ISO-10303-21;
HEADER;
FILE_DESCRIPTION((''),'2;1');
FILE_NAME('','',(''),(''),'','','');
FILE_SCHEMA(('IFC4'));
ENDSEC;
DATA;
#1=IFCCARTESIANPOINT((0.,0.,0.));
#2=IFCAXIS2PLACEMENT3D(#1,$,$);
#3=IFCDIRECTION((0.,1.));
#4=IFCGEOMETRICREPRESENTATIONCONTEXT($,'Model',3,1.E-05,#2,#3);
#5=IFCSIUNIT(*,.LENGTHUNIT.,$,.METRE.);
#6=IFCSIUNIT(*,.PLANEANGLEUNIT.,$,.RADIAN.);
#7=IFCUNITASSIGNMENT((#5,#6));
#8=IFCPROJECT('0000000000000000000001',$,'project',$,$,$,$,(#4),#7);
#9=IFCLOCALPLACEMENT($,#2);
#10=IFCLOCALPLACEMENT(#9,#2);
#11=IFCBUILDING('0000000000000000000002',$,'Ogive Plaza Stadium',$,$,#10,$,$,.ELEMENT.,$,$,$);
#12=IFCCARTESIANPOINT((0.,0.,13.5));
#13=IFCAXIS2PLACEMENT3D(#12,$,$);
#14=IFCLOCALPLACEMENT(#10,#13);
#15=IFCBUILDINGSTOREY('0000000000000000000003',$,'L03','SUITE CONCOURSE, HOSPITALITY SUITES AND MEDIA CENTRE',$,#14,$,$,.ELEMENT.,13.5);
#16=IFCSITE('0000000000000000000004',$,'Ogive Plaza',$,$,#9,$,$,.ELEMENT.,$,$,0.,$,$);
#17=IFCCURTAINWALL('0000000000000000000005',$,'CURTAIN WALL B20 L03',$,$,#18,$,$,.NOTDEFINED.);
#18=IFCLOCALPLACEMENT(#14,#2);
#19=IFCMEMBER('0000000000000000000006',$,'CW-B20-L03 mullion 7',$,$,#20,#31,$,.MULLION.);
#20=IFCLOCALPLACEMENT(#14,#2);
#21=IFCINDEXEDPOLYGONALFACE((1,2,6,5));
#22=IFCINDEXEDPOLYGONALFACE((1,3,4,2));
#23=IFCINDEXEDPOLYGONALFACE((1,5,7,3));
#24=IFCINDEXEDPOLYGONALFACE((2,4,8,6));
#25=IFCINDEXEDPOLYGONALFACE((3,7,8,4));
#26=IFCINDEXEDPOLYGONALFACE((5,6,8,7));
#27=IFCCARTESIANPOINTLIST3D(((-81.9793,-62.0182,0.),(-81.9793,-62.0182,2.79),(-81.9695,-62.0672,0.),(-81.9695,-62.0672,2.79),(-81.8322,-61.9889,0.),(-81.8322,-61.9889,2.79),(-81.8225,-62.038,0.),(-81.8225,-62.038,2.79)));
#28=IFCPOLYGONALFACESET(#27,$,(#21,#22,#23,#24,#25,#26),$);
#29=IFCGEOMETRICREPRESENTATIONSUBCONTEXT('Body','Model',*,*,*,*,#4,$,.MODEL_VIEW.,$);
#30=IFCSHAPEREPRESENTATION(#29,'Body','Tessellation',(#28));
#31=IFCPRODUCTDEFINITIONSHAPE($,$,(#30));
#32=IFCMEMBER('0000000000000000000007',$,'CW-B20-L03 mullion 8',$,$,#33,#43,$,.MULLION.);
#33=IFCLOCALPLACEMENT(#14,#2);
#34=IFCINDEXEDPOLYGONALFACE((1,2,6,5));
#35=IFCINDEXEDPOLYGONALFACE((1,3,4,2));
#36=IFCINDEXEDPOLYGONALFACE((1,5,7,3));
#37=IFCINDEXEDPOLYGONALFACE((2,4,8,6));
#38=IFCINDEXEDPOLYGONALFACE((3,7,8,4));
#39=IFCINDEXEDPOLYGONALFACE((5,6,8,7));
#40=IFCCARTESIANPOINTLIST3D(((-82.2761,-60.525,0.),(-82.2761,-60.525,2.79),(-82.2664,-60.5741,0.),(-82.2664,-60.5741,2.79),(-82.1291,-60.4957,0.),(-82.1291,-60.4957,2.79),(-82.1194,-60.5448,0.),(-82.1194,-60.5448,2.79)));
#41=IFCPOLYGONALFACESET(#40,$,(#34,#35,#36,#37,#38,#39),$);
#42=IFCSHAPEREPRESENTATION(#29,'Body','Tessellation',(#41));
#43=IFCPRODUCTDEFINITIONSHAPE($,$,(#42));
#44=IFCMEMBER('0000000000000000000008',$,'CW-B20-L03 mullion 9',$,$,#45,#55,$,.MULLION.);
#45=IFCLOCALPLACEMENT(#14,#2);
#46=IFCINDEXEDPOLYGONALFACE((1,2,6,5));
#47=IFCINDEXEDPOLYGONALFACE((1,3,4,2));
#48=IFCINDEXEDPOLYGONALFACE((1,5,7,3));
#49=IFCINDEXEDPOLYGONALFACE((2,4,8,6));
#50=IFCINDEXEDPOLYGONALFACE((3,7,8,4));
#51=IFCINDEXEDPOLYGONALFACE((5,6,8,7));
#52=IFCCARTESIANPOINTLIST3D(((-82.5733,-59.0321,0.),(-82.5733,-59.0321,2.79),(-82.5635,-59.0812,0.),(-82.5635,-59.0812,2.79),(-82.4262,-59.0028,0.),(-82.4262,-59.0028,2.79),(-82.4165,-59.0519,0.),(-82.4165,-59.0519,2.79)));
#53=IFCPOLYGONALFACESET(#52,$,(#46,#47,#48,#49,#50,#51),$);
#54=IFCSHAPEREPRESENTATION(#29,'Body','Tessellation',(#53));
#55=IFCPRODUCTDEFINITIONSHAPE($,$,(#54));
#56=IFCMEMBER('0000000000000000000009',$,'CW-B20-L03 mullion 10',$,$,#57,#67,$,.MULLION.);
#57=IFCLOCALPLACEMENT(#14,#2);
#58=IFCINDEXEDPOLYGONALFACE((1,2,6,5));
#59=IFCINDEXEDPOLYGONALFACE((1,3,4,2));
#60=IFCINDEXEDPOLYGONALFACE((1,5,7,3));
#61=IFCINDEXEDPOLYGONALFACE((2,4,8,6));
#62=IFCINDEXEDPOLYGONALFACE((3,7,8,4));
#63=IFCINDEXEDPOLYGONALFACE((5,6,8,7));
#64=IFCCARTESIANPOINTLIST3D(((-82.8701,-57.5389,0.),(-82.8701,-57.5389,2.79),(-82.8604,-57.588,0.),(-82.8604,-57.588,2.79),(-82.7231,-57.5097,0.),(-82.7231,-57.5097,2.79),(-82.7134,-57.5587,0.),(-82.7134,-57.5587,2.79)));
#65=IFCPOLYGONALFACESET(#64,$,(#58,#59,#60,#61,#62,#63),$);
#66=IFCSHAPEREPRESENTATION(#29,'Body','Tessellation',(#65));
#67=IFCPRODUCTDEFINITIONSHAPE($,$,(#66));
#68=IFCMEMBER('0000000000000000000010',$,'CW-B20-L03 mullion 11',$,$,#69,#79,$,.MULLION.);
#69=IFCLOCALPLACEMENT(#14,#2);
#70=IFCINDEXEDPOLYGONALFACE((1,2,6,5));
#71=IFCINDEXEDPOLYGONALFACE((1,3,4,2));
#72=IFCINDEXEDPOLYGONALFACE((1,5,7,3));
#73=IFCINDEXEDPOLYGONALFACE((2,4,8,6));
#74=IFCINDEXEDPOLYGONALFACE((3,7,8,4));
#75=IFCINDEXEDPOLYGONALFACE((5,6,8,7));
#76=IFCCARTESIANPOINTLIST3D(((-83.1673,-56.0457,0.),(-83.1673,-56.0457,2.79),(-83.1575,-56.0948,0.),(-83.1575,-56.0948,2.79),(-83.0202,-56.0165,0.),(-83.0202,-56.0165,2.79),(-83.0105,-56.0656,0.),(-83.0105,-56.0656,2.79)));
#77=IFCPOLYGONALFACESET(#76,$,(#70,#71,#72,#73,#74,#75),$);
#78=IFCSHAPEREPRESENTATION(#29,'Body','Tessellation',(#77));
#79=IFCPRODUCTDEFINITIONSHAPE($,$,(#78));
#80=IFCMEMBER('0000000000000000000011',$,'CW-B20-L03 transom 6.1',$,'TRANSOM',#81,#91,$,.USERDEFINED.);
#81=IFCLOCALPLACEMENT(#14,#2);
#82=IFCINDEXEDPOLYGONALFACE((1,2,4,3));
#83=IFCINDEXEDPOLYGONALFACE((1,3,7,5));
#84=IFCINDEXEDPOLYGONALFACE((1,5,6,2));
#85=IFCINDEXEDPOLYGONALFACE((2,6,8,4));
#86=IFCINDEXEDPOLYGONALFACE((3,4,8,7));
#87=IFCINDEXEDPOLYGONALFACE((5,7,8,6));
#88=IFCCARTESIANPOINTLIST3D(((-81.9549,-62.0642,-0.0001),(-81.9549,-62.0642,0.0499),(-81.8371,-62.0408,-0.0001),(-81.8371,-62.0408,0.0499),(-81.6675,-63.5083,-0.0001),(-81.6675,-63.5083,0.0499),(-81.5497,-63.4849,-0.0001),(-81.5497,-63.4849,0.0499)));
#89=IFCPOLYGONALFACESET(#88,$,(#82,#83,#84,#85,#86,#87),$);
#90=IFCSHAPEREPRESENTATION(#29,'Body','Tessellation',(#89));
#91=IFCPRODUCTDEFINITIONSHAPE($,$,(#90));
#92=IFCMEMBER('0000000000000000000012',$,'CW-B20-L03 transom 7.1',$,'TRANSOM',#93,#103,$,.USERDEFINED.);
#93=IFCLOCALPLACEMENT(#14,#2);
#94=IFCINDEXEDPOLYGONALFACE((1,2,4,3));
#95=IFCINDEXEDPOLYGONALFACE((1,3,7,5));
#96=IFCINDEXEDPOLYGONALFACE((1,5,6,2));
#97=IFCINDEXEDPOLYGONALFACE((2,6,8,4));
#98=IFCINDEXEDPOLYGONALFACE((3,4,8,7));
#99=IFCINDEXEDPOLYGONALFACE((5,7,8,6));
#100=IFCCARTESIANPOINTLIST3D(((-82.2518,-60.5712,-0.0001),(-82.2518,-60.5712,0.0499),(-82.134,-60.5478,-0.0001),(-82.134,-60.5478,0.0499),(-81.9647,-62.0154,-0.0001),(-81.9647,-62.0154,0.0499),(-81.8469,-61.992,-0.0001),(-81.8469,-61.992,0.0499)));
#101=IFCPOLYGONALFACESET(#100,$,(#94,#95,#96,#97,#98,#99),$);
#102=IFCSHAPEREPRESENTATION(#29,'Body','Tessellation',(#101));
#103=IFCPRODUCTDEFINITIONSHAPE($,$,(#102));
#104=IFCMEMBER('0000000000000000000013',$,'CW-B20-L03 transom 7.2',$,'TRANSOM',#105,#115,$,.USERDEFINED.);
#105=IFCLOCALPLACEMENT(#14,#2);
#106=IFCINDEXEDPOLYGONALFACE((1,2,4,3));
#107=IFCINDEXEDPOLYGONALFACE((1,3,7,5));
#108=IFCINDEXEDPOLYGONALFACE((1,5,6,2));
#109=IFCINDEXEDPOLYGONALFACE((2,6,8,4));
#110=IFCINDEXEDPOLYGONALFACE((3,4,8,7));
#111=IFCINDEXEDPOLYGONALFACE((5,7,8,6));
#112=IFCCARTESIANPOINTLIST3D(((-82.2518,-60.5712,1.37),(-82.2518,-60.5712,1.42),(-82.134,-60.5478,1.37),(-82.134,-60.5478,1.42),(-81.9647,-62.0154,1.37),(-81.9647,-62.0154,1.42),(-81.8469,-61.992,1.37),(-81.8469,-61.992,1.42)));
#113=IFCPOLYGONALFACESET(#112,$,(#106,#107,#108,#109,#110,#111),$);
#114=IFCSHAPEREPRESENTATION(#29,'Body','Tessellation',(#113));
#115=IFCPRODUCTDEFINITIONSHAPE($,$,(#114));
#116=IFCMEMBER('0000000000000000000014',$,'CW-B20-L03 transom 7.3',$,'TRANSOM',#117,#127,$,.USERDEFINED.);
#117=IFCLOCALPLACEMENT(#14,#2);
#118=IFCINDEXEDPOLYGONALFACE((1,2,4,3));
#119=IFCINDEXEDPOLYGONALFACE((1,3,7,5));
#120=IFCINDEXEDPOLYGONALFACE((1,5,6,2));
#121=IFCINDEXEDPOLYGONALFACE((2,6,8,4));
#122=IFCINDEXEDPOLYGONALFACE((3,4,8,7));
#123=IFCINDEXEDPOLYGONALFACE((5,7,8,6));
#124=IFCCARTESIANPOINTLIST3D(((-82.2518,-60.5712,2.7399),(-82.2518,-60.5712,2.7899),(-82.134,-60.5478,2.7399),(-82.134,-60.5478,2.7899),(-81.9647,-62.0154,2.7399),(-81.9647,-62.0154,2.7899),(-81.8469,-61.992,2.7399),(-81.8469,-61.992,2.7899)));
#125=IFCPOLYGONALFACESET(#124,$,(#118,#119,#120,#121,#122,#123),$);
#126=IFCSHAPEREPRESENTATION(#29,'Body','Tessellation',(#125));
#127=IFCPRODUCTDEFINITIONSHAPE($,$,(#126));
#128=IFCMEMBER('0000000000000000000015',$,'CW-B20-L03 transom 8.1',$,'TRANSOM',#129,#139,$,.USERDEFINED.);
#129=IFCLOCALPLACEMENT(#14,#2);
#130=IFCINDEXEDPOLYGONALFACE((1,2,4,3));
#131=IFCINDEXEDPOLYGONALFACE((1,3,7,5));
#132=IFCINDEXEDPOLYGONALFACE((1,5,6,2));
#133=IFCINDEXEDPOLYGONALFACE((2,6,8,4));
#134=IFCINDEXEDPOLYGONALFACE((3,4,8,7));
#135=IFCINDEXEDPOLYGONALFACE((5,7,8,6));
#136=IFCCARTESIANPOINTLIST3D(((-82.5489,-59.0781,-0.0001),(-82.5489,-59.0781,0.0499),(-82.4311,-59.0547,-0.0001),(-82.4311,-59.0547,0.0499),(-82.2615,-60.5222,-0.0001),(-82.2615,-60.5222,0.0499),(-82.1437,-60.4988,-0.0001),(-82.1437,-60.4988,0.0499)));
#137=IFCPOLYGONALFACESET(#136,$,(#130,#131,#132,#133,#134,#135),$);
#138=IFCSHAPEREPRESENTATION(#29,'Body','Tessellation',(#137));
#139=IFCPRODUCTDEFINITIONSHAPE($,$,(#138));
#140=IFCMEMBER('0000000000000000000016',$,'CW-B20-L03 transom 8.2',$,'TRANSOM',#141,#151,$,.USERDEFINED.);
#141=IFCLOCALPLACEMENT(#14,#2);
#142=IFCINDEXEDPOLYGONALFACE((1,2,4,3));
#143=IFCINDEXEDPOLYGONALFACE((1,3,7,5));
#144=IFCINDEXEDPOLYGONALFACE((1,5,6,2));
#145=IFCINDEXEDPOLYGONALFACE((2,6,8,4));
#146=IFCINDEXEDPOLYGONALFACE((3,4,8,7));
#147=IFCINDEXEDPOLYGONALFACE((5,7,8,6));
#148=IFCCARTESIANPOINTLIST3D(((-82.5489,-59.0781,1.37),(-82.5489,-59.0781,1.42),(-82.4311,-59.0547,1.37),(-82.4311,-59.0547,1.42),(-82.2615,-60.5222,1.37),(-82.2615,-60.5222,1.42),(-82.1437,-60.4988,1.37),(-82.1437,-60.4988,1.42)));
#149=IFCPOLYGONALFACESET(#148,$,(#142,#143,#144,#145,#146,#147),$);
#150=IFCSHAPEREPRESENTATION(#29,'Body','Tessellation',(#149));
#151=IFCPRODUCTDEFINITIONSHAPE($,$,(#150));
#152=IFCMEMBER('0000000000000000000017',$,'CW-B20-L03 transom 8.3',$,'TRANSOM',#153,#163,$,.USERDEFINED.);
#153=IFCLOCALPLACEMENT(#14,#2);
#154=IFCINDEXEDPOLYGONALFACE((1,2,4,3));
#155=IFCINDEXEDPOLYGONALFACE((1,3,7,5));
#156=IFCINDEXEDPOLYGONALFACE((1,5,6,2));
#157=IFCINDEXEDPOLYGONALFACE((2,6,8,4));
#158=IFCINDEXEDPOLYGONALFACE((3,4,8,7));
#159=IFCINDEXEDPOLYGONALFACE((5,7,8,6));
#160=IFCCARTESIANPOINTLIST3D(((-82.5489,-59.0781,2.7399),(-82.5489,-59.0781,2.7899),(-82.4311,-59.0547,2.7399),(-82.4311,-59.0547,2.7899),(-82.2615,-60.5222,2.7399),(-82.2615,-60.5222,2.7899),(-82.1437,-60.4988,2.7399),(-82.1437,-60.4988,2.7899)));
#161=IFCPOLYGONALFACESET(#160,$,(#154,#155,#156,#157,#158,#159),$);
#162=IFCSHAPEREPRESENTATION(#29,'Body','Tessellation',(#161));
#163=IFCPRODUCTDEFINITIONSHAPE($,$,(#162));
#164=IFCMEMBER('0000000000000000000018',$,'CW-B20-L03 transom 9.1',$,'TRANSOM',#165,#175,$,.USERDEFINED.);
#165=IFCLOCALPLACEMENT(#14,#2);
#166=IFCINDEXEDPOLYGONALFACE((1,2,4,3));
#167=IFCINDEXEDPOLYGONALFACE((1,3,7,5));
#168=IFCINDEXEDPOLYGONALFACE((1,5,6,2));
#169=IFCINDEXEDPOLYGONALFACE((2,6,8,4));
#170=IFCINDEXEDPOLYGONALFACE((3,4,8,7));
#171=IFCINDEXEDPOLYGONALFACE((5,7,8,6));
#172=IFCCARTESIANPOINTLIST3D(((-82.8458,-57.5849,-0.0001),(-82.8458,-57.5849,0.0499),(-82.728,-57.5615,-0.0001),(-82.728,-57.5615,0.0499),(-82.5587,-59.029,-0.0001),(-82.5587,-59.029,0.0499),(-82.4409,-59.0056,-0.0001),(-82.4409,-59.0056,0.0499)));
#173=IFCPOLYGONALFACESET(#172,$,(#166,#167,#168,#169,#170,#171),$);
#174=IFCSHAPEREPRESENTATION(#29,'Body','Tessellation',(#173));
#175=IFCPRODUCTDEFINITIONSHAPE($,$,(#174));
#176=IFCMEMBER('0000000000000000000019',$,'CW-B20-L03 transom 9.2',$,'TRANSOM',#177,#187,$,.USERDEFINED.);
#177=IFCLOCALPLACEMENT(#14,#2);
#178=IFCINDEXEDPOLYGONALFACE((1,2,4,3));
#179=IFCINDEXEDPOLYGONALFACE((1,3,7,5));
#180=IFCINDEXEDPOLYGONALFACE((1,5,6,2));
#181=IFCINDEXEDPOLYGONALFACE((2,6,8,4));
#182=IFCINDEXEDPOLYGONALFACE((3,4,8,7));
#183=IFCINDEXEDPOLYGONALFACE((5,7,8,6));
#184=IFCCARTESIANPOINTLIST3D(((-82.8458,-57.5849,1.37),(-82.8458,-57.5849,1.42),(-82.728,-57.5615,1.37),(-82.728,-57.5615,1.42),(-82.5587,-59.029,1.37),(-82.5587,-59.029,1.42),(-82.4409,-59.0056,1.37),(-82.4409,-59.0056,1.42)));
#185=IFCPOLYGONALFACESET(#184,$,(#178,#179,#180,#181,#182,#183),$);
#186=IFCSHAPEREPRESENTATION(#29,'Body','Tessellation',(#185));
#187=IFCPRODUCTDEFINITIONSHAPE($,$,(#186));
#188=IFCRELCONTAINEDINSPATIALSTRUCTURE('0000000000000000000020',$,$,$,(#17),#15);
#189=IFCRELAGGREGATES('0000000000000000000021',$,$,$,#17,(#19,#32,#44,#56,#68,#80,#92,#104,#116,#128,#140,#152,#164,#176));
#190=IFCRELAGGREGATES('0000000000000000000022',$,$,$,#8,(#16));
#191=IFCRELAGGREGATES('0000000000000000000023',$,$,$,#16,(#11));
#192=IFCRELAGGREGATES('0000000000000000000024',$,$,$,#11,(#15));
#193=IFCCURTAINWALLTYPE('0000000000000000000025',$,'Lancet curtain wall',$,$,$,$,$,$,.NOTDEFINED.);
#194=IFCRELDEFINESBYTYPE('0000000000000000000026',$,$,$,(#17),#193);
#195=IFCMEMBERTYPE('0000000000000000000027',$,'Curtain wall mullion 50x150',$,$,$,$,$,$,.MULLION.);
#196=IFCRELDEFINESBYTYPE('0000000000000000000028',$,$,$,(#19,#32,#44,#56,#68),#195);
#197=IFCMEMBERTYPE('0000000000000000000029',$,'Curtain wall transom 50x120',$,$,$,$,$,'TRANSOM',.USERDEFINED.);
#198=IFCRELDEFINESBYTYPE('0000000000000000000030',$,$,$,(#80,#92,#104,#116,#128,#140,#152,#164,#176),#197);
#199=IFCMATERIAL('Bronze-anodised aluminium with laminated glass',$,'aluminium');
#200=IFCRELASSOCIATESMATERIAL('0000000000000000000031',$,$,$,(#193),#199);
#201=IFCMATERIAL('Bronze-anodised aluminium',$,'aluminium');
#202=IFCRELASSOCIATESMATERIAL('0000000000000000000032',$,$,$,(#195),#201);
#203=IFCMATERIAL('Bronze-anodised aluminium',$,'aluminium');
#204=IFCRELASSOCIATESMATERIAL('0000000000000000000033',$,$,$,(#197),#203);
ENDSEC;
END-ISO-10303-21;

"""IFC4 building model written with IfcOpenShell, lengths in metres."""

from ifc_helpers import new_model, si_unit, direction, frame, origin, origin_2d, place, context, subcontext, project, spatial, rectangle, extrude, material, material_profile, profile_set, type_object, element, aggregate, save


model = new_model("IFC4")

# Units and contexts
model_context = context("Model", 3, precision=1e-05, world=origin(), true_north=direction((0.0, 1.0)))
body_context = subcontext(model_context, "Body", "Model", "MODEL_VIEW")
ifc_project = project(units=[si_unit("LENGTHUNIT", "METRE"), si_unit("PLANEANGLEUNIT", "RADIAN")], contexts=[model_context])

# Site, building, storey
site_placement = place(None, origin())
site = spatial("IfcSite", under=ifc_project, at=site_placement, Name="Ogive Plaza", CompositionType="ELEMENT", RefElevation=0.0)
building_placement = place(site_placement, origin())
building = spatial("IfcBuilding", under=site, at=building_placement, Name="Ogive Plaza Stadium", CompositionType="ELEMENT")
storey_placement = place(building_placement, frame((0.0, 0.0, 13.5)))
storey = spatial("IfcBuildingStorey", under=building, at=storey_placement, Name="L03", Description="SUITE CONCOURSE, HOSPITALITY SUITES AND MEDIA CENTRE", CompositionType="ELEMENT", Elevation=13.5)

# Curtain wall, members
ifc_material_1 = material(Name="Bronze-anodised aluminium with laminated glass", Category="aluminium")
curtain_wall_type = type_object("IfcCurtainWallType", Name="Lancet curtain wall", PredefinedType="NOTDEFINED", material=ifc_material_1)
curtain_wall_placement = place(storey_placement, origin())
curtain_wall = element("IfcCurtainWall", 1, at=curtain_wall_placement, inside=storey, type_object=curtain_wall_type, Name="CURTAIN WALL B20 L03", PredefinedType="NOTDEFINED")
ifc_material_2 = material(Name="Bronze-anodised aluminium", Category="aluminium")
ifc_material_profile_1 = material_profile(ifc_material_2, rectangle(XDim=0.1499, YDim=0.05, at=origin_2d()), Name="AL 150x50")
ifc_profile_set_1 = profile_set([ifc_material_profile_1], Name="Bronze-anodised aluminium")
member_type_1 = type_object("IfcMemberType", Name="Curtain wall mullion 50x150", PredefinedType="MULLION", material=ifc_profile_set_1)
member_1_placement = place(storey_placement, frame((-81.9009, -62.0281, 0.0), z_axis=(0.0, 0.0, 1.0), x_axis=(-0.980785, -0.19509, 0.0)))
member_1 = element("IfcMember", 2, at=member_1_placement, type_object=member_type_1, Name="CW-B20-L03 mullion 7", PredefinedType="MULLION", context=body_context, shape_type="SweptSolid", body=[
    extrude(rectangle(XDim=0.1499, YDim=0.05, at=origin_2d()), origin(), (0.0, 0.0, 1.0), 2.79),
])
member_2_placement = place(storey_placement, frame((-82.1978, -60.5349, 0.0), z_axis=(0.0, 0.0, 1.0), x_axis=(-0.980785, -0.19509, 0.0)))
member_2 = element("IfcMember", 3, at=member_2_placement, type_object=member_type_1, Name="CW-B20-L03 mullion 8", PredefinedType="MULLION", context=body_context, shape_type="SweptSolid", body=[
    extrude(rectangle(XDim=0.1499, YDim=0.05, at=origin_2d()), origin(), (0.0, 0.0, 1.0), 2.79),
])
member_3_placement = place(storey_placement, frame((-82.4949, -59.042, 0.0), z_axis=(0.0, 0.0, 1.0), x_axis=(-0.980785, -0.19509, 0.0)))
member_3 = element("IfcMember", 4, at=member_3_placement, type_object=member_type_1, Name="CW-B20-L03 mullion 9", PredefinedType="MULLION", context=body_context, shape_type="SweptSolid", body=[
    extrude(rectangle(XDim=0.1499, YDim=0.05, at=origin_2d()), origin(), (0.0, 0.0, 1.0), 2.79),
])
member_4_placement = place(storey_placement, frame((-82.7917, -57.5488, 0.0), z_axis=(0.0, 0.0, 1.0), x_axis=(-0.980785, -0.19509, 0.0)))
member_4 = element("IfcMember", 5, at=member_4_placement, type_object=member_type_1, Name="CW-B20-L03 mullion 10", PredefinedType="MULLION", context=body_context, shape_type="SweptSolid", body=[
    extrude(rectangle(XDim=0.1499, YDim=0.05, at=origin_2d()), origin(), (0.0, 0.0, 1.0), 2.79),
])
member_5_placement = place(storey_placement, frame((-83.0889, -56.0557, 0.0), z_axis=(0.0, 0.0, 1.0), x_axis=(-0.980785, -0.19509, 0.0)))
member_5 = element("IfcMember", 6, at=member_5_placement, type_object=member_type_1, Name="CW-B20-L03 mullion 11", PredefinedType="MULLION", context=body_context, shape_type="SweptSolid", body=[
    extrude(rectangle(XDim=0.1499, YDim=0.05, at=origin_2d()), origin(), (0.0, 0.0, 1.0), 2.79),
])
ifc_material_3 = material(Name="Bronze-anodised aluminium", Category="aluminium")
ifc_material_profile_2 = material_profile(ifc_material_3, rectangle(XDim=0.1201, YDim=0.05, at=origin_2d()), Name="AL 120x50")
ifc_profile_set_2 = profile_set([ifc_material_profile_2], Name="Bronze-anodised aluminium")
member_type_2 = type_object("IfcMemberType", Name="Curtain wall transom 50x120", ElementType="TRANSOM", PredefinedType="USERDEFINED", material=ifc_profile_set_2)
member_6_placement = place(storey_placement, frame((-81.6086, -63.4966, 0.0249), z_axis=(-0.195159, 0.980772, 0.0), x_axis=(-0.980772, -0.195159, 0.0)))
member_6 = element("IfcMember", 7, at=member_6_placement, type_object=member_type_2, Name="CW-B20-L03 transom 6.1", ObjectType="TRANSOM", PredefinedType="USERDEFINED", context=body_context, shape_type="SweptSolid", body=[
    extrude(rectangle(XDim=0.1201, YDim=0.05, at=origin_2d()), origin(), (0.0, 0.0, 1.0), 1.4724),
])
member_7_placement = place(storey_placement, frame((-81.9058, -62.0037, 0.0249), z_axis=(-0.195, 0.980803, 0.0), x_axis=(-0.980803, -0.195, 0.0)))
member_7 = element("IfcMember", 8, at=member_7_placement, type_object=member_type_2, Name="CW-B20-L03 transom 7.1", ObjectType="TRANSOM", PredefinedType="USERDEFINED", context=body_context, shape_type="SweptSolid", body=[
    extrude(rectangle(XDim=0.1201, YDim=0.05, at=origin_2d()), origin(), (0.0, 0.0, 1.0), 1.4724),
])
member_8_placement = place(storey_placement, frame((-81.9058, -62.0037, 1.395), z_axis=(-0.195, 0.980803, 0.0), x_axis=(-0.980803, -0.195, 0.0)))
member_8 = element("IfcMember", 9, at=member_8_placement, type_object=member_type_2, Name="CW-B20-L03 transom 7.2", ObjectType="TRANSOM", PredefinedType="USERDEFINED", context=body_context, shape_type="SweptSolid", body=[
    extrude(rectangle(XDim=0.1201, YDim=0.05, at=origin_2d()), origin(), (0.0, 0.0, 1.0), 1.4724),
])
member_9_placement = place(storey_placement, frame((-81.9058, -62.0037, 2.7649), z_axis=(-0.195, 0.980803, 0.0), x_axis=(-0.980803, -0.195, 0.0)))
member_9 = element("IfcMember", 10, at=member_9_placement, type_object=member_type_2, Name="CW-B20-L03 transom 7.3", ObjectType="TRANSOM", PredefinedType="USERDEFINED", context=body_context, shape_type="SweptSolid", body=[
    extrude(rectangle(XDim=0.1201, YDim=0.05, at=origin_2d()), origin(), (0.0, 0.0, 1.0), 1.4724),
])
member_10_placement = place(storey_placement, frame((-82.2026, -60.5105, 0.0249), z_axis=(-0.195159, 0.980772, 0.0), x_axis=(-0.980772, -0.195159, 0.0)))
member_10 = element("IfcMember", 11, at=member_10_placement, type_object=member_type_2, Name="CW-B20-L03 transom 8.1", ObjectType="TRANSOM", PredefinedType="USERDEFINED", context=body_context, shape_type="SweptSolid", body=[
    extrude(rectangle(XDim=0.1201, YDim=0.05, at=origin_2d()), origin(), (0.0, 0.0, 1.0), 1.4724),
])
member_11_placement = place(storey_placement, frame((-82.2026, -60.5105, 1.395), z_axis=(-0.195159, 0.980772, 0.0), x_axis=(-0.980772, -0.195159, 0.0)))
member_11 = element("IfcMember", 12, at=member_11_placement, type_object=member_type_2, Name="CW-B20-L03 transom 8.2", ObjectType="TRANSOM", PredefinedType="USERDEFINED", context=body_context, shape_type="SweptSolid", body=[
    extrude(rectangle(XDim=0.1201, YDim=0.05, at=origin_2d()), origin(), (0.0, 0.0, 1.0), 1.4724),
])
member_12_placement = place(storey_placement, frame((-82.2026, -60.5105, 2.7649), z_axis=(-0.195159, 0.980772, 0.0), x_axis=(-0.980772, -0.195159, 0.0)))
member_12 = element("IfcMember", 13, at=member_12_placement, type_object=member_type_2, Name="CW-B20-L03 transom 8.3", ObjectType="TRANSOM", PredefinedType="USERDEFINED", context=body_context, shape_type="SweptSolid", body=[
    extrude(rectangle(XDim=0.1201, YDim=0.05, at=origin_2d()), origin(), (0.0, 0.0, 1.0), 1.4724),
])
member_13_placement = place(storey_placement, frame((-82.4998, -59.0173, 0.0249), z_axis=(-0.195, 0.980803, 0.0), x_axis=(-0.980803, -0.195, 0.0)))
member_13 = element("IfcMember", 14, at=member_13_placement, type_object=member_type_2, Name="CW-B20-L03 transom 9.1", ObjectType="TRANSOM", PredefinedType="USERDEFINED", context=body_context, shape_type="SweptSolid", body=[
    extrude(rectangle(XDim=0.1201, YDim=0.05, at=origin_2d()), origin(), (0.0, 0.0, 1.0), 1.4724),
])
member_14_placement = place(storey_placement, frame((-82.4998, -59.0173, 1.395), z_axis=(-0.195, 0.980803, 0.0), x_axis=(-0.980803, -0.195, 0.0)))
member_14 = element("IfcMember", 15, at=member_14_placement, type_object=member_type_2, Name="CW-B20-L03 transom 9.2", ObjectType="TRANSOM", PredefinedType="USERDEFINED", context=body_context, shape_type="SweptSolid", body=[
    extrude(rectangle(XDim=0.1201, YDim=0.05, at=origin_2d()), origin(), (0.0, 0.0, 1.0), 1.4724),
])
aggregate(curtain_wall, [member_1, member_2, member_3, member_4, member_5, member_6, member_7, member_8, member_9, member_10, member_11, member_12, member_13, member_14])

save(model, "model.ifc")
